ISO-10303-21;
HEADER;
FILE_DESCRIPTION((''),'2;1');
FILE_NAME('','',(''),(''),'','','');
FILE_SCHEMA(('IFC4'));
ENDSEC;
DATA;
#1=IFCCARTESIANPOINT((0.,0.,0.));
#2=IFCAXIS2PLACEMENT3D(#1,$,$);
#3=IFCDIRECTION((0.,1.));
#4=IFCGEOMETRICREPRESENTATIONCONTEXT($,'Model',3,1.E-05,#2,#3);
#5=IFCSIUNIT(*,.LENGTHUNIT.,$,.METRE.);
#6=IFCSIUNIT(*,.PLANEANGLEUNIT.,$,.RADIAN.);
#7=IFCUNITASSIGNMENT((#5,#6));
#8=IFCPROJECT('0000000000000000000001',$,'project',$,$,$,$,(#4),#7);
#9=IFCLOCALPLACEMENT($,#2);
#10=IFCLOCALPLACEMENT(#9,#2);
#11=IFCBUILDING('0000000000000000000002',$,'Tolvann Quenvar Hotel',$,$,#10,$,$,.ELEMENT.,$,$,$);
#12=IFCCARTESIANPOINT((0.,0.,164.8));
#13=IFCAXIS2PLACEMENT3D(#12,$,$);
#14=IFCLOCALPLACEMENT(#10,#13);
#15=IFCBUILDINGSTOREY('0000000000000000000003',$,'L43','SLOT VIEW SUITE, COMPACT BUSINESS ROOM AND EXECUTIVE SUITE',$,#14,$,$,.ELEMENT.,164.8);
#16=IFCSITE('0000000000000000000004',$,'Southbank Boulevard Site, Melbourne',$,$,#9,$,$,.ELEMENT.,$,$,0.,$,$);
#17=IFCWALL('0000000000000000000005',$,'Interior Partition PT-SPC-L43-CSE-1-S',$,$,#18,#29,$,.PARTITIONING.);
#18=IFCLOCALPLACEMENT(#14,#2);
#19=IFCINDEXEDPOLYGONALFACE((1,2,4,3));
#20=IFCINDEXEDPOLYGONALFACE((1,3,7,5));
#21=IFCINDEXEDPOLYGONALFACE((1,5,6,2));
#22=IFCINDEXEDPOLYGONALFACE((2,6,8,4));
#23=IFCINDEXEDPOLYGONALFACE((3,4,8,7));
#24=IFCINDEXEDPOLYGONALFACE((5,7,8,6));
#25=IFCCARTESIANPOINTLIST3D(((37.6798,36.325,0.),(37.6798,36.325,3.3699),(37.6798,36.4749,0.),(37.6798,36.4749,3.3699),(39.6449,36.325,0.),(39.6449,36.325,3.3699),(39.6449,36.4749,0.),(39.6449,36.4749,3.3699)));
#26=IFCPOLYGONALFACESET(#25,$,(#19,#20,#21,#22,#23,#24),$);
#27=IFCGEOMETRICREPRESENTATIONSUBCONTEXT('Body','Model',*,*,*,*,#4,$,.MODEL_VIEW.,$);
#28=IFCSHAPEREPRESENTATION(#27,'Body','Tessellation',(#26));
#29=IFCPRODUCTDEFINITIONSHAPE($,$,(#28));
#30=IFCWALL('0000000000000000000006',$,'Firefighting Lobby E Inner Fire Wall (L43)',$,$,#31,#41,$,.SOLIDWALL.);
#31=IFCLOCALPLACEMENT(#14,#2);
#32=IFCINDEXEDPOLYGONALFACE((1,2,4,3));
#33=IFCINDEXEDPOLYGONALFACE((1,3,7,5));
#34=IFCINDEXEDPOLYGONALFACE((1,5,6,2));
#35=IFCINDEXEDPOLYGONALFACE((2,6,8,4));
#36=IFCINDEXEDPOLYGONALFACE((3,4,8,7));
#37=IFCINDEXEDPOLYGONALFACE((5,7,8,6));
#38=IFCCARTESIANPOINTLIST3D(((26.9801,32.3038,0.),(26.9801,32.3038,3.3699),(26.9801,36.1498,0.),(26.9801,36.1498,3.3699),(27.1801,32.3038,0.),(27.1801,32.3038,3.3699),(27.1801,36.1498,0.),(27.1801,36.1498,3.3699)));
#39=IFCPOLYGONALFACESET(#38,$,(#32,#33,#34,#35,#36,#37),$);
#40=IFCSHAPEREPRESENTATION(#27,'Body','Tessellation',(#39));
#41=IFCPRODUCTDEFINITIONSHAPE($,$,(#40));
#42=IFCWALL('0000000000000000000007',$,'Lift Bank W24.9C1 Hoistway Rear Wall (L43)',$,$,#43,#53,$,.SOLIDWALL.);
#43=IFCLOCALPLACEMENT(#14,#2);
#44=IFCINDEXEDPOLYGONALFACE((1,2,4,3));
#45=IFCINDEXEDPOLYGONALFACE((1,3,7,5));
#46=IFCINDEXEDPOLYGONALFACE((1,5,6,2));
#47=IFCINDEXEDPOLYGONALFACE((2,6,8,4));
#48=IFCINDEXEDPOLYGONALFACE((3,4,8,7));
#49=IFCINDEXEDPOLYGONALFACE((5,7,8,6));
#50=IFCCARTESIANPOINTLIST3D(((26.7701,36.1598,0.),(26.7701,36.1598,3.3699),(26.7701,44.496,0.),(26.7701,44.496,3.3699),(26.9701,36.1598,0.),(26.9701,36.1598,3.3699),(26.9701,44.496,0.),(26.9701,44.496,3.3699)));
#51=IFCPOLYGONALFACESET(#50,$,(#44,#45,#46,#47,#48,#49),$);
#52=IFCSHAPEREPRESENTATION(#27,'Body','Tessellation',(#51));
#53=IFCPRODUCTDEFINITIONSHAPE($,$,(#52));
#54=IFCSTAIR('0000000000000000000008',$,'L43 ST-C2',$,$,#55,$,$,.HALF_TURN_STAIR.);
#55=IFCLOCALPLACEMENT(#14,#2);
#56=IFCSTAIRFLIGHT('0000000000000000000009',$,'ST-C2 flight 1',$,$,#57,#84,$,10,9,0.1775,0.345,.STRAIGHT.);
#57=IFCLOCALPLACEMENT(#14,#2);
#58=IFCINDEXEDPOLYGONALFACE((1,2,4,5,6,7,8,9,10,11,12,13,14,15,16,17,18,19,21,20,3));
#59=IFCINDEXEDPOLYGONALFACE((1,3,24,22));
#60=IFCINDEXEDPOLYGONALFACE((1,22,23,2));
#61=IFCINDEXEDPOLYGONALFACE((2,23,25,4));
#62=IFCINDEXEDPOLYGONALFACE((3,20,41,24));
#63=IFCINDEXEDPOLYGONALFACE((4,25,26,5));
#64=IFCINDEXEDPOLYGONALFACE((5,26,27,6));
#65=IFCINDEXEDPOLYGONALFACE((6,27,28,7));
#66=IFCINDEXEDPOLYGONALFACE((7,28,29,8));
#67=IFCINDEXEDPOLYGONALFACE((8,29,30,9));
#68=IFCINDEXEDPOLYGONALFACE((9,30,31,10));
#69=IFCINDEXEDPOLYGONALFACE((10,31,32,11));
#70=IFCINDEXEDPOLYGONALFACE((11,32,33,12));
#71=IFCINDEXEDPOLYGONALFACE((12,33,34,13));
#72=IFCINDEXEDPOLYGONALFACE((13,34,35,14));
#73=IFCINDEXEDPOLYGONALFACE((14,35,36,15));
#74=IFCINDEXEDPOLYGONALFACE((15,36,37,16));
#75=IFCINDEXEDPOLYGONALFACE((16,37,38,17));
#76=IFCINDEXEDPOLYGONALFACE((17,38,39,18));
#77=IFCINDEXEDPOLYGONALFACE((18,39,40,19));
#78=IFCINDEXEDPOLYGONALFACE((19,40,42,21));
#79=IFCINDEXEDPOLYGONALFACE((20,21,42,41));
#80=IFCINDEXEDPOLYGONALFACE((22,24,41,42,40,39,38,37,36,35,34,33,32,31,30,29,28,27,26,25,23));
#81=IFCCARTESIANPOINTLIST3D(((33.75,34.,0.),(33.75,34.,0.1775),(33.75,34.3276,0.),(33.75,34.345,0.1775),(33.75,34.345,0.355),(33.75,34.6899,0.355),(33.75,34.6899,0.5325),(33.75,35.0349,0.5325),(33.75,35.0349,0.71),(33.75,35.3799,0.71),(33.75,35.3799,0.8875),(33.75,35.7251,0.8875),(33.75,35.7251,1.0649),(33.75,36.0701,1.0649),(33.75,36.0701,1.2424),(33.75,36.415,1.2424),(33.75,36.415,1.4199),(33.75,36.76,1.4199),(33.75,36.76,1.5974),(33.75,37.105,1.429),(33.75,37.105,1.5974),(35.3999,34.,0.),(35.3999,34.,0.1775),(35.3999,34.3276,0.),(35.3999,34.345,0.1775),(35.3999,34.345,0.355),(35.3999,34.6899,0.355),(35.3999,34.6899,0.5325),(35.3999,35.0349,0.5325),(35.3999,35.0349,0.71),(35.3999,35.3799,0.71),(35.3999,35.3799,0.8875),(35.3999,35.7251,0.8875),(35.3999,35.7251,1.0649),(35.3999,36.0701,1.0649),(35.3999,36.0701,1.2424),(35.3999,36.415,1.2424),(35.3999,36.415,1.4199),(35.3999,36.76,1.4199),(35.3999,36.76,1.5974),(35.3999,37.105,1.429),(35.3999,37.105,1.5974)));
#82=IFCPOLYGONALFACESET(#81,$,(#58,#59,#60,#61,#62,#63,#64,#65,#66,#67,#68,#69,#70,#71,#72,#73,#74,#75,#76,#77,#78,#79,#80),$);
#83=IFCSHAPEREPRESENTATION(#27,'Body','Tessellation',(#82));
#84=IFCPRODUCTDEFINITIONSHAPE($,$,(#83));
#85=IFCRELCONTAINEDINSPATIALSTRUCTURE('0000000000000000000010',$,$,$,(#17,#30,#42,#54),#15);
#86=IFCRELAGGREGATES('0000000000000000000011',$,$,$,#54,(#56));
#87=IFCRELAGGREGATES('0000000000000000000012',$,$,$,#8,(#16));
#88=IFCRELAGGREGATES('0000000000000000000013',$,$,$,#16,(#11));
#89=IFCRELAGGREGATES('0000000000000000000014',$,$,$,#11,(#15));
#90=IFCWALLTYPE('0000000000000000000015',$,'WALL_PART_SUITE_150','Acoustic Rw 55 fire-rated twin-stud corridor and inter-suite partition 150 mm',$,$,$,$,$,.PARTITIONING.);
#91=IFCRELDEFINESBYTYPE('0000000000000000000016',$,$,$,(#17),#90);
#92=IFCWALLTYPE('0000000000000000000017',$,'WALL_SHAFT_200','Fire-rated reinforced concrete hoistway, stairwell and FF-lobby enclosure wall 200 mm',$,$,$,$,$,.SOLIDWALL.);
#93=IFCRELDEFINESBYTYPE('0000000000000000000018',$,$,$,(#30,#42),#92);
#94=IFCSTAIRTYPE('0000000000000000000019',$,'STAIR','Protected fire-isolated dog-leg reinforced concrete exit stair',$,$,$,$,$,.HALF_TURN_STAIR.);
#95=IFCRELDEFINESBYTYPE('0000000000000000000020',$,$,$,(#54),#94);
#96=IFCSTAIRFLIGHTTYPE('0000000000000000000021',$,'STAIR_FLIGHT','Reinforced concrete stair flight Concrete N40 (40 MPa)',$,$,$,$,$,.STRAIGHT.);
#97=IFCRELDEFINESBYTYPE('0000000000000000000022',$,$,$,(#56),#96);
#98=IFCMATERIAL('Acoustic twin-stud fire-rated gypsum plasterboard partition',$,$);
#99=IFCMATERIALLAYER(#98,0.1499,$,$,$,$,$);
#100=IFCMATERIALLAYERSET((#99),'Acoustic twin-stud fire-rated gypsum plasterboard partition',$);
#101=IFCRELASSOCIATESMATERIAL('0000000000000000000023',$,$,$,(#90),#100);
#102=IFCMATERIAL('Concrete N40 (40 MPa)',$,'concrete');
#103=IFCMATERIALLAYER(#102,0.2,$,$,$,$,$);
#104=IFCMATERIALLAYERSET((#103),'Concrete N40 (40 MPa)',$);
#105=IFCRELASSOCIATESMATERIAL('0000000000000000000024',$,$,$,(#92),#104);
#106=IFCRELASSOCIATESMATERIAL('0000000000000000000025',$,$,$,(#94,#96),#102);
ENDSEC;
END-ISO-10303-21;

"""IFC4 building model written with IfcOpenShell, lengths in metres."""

from ifc_helpers import new_model, si_unit, direction, frame, frame_2d, origin, place, context, subcontext, project, spatial, polyline, rectangle, outline, extrude, material, layer, layer_set, type_object, element, aggregate, save


model = new_model("IFC4")

# Units and contexts
model_context = context("Model", 3, precision=1e-05, world=origin(), true_north=direction((0.0, 1.0)))
body_context = subcontext(model_context, "Body", "Model", "MODEL_VIEW")
ifc_project = project(units=[si_unit("LENGTHUNIT", "METRE"), si_unit("PLANEANGLEUNIT", "RADIAN")], contexts=[model_context])

# Site, building, storey
site_placement = place(None, origin())
site = spatial("IfcSite", under=ifc_project, at=site_placement, Name="Southbank Boulevard Site, Melbourne", CompositionType="ELEMENT", RefElevation=0.0)
building_placement = place(site_placement, origin())
building = spatial("IfcBuilding", under=site, at=building_placement, Name="Tolvann Quenvar Hotel", CompositionType="ELEMENT")
storey_placement = place(building_placement, frame((0.0, 0.0, 164.8)))
storey = spatial("IfcBuildingStorey", under=building, at=storey_placement, Name="L43", Description="SLOT VIEW SUITE, COMPACT BUSINESS ROOM AND EXECUTIVE SUITE", CompositionType="ELEMENT", Elevation=164.8)

# Shared definitions
ifc_material_1 = material(Name="Acoustic twin-stud fire-rated gypsum plasterboard partition")
ifc_layer_1 = layer(ifc_material_1, 0.1499)
ifc_layer_set_1 = layer_set([ifc_layer_1], Name="Acoustic twin-stud fire-rated gypsum plasterboard partition")
wall_type_1 = type_object("IfcWallType", Name="WALL_PART_SUITE_150", Description="Acoustic Rw 55 fire-rated twin-stud corridor and inter-suite partition 150 mm", PredefinedType="PARTITIONING", material=ifc_layer_set_1)

# Walls
wall_1_placement = place(storey_placement, frame((37.6799, 36.3999, 0.0), z_axis=(0.0, 0.0, 1.0), x_axis=(1.0, 0.0, 0.0)))
element("IfcWall", 1, at=wall_1_placement, inside=storey, type_object=wall_type_1, Name="Interior Partition PT-SPC-L43-CSE-1-S", PredefinedType="PARTITIONING", context=body_context, shape_type="SweptSolid", body=[
    extrude(rectangle(XDim=1.9651, YDim=0.1499, at=frame_2d((0.9824, 0.0))), origin(), (0.0, 0.0, 1.0), 3.3699),
])
ifc_material_2 = material(Name="Concrete N40 (40 MPa)", Category="concrete")
ifc_layer_2 = layer(ifc_material_2, 0.2)
ifc_layer_set_2 = layer_set([ifc_layer_2], Name="Concrete N40 (40 MPa)")
wall_type_2 = type_object("IfcWallType", Name="WALL_SHAFT_200", Description="Fire-rated reinforced concrete hoistway, stairwell and FF-lobby enclosure wall 200 mm", PredefinedType="SOLIDWALL", material=ifc_layer_set_2)
wall_2_placement = place(storey_placement, frame((27.0801, 32.304, 0.0), z_axis=(0.0, 0.0, 1.0), x_axis=(0.0, 1.0, 0.0)))
element("IfcWall", 2, at=wall_2_placement, inside=storey, type_object=wall_type_2, Name="Firefighting Lobby E Inner Fire Wall (L43)", PredefinedType="SOLIDWALL", context=body_context, shape_type="SweptSolid", body=[
    extrude(rectangle(XDim=3.8459, YDim=0.2, at=frame_2d((1.9229, 0.0))), origin(), (0.0, 0.0, 1.0), 3.3699),
])

# Wall
wall_3_placement = place(storey_placement, frame((26.8701, 36.1599, 0.0), z_axis=(0.0, 0.0, 1.0), x_axis=(0.0, 1.0, 0.0)))
element("IfcWall", 3, at=wall_3_placement, inside=storey, type_object=wall_type_2, Name="Lift Bank W24.9C1 Hoistway Rear Wall (L43)", PredefinedType="SOLIDWALL", context=body_context, shape_type="SweptSolid", body=[
    extrude(rectangle(XDim=8.3362, YDim=0.2, at=frame_2d((4.168, 0.0))), origin(), (0.0, 0.0, 1.0), 3.3699),
])

# Stair, stair flight
stair_type = type_object("IfcStairType", Name="STAIR", Description="Protected fire-isolated dog-leg reinforced concrete exit stair", PredefinedType="HALF_TURN_STAIR", material=ifc_material_2)
stair_placement = place(storey_placement, origin())
stair = element("IfcStair", 4, at=stair_placement, inside=storey, type_object=stair_type, Name="L43 ST-C2", PredefinedType="HALF_TURN_STAIR")
stair_flight_type = type_object("IfcStairFlightType", Name="STAIR_FLIGHT", Description="Reinforced concrete stair flight Concrete N40 (40 MPa)", PredefinedType="STRAIGHT", material=ifc_material_2)
stair_flight_placement = place(storey_placement, frame((34.575, 34.0, 0.0), z_axis=(0.0, 0.0, 1.0), x_axis=(0.0, 1.0, 0.0)))
stair_flight = element("IfcStairFlight", 5, at=stair_flight_placement, type_object=stair_flight_type, Name="ST-C2 flight 1", NumberOfRisers=10, NumberOfTreads=9, PredefinedType="STRAIGHT", RiserHeight=0.1775, TreadLength=0.345, context=body_context, shape_type="SweptSolid", body=[
    extrude(outline(polyline([(0.0, 0.0), (0.0, 0.1775), (0.345, 0.1775), (0.345, 0.355), (0.6899, 0.355), (0.6899, 0.5325), (1.0349, 0.5325), (1.0349, 0.71), (1.3799, 0.71), (1.3799, 0.8875), (1.7251, 0.8875), (1.7251, 1.0649), (2.0701, 1.0649), (2.0701, 1.2424), (2.415, 1.2424), (2.415, 1.4199), (2.76, 1.4199), (2.76, 1.5974), (3.105, 1.5974), (3.105, 1.7749), (3.105, 1.429), (0.3276, 0.0), (0.0, 0.0)])), frame((0.0, 0.825, 0.0), z_axis=(0.0, -1.0, 0.0), x_axis=(1.0, 0.0, 0.0)), (0.0, 0.0, 1.0), 1.6499),
])
aggregate(stair, [stair_flight])

save(model, "model.ifc")
